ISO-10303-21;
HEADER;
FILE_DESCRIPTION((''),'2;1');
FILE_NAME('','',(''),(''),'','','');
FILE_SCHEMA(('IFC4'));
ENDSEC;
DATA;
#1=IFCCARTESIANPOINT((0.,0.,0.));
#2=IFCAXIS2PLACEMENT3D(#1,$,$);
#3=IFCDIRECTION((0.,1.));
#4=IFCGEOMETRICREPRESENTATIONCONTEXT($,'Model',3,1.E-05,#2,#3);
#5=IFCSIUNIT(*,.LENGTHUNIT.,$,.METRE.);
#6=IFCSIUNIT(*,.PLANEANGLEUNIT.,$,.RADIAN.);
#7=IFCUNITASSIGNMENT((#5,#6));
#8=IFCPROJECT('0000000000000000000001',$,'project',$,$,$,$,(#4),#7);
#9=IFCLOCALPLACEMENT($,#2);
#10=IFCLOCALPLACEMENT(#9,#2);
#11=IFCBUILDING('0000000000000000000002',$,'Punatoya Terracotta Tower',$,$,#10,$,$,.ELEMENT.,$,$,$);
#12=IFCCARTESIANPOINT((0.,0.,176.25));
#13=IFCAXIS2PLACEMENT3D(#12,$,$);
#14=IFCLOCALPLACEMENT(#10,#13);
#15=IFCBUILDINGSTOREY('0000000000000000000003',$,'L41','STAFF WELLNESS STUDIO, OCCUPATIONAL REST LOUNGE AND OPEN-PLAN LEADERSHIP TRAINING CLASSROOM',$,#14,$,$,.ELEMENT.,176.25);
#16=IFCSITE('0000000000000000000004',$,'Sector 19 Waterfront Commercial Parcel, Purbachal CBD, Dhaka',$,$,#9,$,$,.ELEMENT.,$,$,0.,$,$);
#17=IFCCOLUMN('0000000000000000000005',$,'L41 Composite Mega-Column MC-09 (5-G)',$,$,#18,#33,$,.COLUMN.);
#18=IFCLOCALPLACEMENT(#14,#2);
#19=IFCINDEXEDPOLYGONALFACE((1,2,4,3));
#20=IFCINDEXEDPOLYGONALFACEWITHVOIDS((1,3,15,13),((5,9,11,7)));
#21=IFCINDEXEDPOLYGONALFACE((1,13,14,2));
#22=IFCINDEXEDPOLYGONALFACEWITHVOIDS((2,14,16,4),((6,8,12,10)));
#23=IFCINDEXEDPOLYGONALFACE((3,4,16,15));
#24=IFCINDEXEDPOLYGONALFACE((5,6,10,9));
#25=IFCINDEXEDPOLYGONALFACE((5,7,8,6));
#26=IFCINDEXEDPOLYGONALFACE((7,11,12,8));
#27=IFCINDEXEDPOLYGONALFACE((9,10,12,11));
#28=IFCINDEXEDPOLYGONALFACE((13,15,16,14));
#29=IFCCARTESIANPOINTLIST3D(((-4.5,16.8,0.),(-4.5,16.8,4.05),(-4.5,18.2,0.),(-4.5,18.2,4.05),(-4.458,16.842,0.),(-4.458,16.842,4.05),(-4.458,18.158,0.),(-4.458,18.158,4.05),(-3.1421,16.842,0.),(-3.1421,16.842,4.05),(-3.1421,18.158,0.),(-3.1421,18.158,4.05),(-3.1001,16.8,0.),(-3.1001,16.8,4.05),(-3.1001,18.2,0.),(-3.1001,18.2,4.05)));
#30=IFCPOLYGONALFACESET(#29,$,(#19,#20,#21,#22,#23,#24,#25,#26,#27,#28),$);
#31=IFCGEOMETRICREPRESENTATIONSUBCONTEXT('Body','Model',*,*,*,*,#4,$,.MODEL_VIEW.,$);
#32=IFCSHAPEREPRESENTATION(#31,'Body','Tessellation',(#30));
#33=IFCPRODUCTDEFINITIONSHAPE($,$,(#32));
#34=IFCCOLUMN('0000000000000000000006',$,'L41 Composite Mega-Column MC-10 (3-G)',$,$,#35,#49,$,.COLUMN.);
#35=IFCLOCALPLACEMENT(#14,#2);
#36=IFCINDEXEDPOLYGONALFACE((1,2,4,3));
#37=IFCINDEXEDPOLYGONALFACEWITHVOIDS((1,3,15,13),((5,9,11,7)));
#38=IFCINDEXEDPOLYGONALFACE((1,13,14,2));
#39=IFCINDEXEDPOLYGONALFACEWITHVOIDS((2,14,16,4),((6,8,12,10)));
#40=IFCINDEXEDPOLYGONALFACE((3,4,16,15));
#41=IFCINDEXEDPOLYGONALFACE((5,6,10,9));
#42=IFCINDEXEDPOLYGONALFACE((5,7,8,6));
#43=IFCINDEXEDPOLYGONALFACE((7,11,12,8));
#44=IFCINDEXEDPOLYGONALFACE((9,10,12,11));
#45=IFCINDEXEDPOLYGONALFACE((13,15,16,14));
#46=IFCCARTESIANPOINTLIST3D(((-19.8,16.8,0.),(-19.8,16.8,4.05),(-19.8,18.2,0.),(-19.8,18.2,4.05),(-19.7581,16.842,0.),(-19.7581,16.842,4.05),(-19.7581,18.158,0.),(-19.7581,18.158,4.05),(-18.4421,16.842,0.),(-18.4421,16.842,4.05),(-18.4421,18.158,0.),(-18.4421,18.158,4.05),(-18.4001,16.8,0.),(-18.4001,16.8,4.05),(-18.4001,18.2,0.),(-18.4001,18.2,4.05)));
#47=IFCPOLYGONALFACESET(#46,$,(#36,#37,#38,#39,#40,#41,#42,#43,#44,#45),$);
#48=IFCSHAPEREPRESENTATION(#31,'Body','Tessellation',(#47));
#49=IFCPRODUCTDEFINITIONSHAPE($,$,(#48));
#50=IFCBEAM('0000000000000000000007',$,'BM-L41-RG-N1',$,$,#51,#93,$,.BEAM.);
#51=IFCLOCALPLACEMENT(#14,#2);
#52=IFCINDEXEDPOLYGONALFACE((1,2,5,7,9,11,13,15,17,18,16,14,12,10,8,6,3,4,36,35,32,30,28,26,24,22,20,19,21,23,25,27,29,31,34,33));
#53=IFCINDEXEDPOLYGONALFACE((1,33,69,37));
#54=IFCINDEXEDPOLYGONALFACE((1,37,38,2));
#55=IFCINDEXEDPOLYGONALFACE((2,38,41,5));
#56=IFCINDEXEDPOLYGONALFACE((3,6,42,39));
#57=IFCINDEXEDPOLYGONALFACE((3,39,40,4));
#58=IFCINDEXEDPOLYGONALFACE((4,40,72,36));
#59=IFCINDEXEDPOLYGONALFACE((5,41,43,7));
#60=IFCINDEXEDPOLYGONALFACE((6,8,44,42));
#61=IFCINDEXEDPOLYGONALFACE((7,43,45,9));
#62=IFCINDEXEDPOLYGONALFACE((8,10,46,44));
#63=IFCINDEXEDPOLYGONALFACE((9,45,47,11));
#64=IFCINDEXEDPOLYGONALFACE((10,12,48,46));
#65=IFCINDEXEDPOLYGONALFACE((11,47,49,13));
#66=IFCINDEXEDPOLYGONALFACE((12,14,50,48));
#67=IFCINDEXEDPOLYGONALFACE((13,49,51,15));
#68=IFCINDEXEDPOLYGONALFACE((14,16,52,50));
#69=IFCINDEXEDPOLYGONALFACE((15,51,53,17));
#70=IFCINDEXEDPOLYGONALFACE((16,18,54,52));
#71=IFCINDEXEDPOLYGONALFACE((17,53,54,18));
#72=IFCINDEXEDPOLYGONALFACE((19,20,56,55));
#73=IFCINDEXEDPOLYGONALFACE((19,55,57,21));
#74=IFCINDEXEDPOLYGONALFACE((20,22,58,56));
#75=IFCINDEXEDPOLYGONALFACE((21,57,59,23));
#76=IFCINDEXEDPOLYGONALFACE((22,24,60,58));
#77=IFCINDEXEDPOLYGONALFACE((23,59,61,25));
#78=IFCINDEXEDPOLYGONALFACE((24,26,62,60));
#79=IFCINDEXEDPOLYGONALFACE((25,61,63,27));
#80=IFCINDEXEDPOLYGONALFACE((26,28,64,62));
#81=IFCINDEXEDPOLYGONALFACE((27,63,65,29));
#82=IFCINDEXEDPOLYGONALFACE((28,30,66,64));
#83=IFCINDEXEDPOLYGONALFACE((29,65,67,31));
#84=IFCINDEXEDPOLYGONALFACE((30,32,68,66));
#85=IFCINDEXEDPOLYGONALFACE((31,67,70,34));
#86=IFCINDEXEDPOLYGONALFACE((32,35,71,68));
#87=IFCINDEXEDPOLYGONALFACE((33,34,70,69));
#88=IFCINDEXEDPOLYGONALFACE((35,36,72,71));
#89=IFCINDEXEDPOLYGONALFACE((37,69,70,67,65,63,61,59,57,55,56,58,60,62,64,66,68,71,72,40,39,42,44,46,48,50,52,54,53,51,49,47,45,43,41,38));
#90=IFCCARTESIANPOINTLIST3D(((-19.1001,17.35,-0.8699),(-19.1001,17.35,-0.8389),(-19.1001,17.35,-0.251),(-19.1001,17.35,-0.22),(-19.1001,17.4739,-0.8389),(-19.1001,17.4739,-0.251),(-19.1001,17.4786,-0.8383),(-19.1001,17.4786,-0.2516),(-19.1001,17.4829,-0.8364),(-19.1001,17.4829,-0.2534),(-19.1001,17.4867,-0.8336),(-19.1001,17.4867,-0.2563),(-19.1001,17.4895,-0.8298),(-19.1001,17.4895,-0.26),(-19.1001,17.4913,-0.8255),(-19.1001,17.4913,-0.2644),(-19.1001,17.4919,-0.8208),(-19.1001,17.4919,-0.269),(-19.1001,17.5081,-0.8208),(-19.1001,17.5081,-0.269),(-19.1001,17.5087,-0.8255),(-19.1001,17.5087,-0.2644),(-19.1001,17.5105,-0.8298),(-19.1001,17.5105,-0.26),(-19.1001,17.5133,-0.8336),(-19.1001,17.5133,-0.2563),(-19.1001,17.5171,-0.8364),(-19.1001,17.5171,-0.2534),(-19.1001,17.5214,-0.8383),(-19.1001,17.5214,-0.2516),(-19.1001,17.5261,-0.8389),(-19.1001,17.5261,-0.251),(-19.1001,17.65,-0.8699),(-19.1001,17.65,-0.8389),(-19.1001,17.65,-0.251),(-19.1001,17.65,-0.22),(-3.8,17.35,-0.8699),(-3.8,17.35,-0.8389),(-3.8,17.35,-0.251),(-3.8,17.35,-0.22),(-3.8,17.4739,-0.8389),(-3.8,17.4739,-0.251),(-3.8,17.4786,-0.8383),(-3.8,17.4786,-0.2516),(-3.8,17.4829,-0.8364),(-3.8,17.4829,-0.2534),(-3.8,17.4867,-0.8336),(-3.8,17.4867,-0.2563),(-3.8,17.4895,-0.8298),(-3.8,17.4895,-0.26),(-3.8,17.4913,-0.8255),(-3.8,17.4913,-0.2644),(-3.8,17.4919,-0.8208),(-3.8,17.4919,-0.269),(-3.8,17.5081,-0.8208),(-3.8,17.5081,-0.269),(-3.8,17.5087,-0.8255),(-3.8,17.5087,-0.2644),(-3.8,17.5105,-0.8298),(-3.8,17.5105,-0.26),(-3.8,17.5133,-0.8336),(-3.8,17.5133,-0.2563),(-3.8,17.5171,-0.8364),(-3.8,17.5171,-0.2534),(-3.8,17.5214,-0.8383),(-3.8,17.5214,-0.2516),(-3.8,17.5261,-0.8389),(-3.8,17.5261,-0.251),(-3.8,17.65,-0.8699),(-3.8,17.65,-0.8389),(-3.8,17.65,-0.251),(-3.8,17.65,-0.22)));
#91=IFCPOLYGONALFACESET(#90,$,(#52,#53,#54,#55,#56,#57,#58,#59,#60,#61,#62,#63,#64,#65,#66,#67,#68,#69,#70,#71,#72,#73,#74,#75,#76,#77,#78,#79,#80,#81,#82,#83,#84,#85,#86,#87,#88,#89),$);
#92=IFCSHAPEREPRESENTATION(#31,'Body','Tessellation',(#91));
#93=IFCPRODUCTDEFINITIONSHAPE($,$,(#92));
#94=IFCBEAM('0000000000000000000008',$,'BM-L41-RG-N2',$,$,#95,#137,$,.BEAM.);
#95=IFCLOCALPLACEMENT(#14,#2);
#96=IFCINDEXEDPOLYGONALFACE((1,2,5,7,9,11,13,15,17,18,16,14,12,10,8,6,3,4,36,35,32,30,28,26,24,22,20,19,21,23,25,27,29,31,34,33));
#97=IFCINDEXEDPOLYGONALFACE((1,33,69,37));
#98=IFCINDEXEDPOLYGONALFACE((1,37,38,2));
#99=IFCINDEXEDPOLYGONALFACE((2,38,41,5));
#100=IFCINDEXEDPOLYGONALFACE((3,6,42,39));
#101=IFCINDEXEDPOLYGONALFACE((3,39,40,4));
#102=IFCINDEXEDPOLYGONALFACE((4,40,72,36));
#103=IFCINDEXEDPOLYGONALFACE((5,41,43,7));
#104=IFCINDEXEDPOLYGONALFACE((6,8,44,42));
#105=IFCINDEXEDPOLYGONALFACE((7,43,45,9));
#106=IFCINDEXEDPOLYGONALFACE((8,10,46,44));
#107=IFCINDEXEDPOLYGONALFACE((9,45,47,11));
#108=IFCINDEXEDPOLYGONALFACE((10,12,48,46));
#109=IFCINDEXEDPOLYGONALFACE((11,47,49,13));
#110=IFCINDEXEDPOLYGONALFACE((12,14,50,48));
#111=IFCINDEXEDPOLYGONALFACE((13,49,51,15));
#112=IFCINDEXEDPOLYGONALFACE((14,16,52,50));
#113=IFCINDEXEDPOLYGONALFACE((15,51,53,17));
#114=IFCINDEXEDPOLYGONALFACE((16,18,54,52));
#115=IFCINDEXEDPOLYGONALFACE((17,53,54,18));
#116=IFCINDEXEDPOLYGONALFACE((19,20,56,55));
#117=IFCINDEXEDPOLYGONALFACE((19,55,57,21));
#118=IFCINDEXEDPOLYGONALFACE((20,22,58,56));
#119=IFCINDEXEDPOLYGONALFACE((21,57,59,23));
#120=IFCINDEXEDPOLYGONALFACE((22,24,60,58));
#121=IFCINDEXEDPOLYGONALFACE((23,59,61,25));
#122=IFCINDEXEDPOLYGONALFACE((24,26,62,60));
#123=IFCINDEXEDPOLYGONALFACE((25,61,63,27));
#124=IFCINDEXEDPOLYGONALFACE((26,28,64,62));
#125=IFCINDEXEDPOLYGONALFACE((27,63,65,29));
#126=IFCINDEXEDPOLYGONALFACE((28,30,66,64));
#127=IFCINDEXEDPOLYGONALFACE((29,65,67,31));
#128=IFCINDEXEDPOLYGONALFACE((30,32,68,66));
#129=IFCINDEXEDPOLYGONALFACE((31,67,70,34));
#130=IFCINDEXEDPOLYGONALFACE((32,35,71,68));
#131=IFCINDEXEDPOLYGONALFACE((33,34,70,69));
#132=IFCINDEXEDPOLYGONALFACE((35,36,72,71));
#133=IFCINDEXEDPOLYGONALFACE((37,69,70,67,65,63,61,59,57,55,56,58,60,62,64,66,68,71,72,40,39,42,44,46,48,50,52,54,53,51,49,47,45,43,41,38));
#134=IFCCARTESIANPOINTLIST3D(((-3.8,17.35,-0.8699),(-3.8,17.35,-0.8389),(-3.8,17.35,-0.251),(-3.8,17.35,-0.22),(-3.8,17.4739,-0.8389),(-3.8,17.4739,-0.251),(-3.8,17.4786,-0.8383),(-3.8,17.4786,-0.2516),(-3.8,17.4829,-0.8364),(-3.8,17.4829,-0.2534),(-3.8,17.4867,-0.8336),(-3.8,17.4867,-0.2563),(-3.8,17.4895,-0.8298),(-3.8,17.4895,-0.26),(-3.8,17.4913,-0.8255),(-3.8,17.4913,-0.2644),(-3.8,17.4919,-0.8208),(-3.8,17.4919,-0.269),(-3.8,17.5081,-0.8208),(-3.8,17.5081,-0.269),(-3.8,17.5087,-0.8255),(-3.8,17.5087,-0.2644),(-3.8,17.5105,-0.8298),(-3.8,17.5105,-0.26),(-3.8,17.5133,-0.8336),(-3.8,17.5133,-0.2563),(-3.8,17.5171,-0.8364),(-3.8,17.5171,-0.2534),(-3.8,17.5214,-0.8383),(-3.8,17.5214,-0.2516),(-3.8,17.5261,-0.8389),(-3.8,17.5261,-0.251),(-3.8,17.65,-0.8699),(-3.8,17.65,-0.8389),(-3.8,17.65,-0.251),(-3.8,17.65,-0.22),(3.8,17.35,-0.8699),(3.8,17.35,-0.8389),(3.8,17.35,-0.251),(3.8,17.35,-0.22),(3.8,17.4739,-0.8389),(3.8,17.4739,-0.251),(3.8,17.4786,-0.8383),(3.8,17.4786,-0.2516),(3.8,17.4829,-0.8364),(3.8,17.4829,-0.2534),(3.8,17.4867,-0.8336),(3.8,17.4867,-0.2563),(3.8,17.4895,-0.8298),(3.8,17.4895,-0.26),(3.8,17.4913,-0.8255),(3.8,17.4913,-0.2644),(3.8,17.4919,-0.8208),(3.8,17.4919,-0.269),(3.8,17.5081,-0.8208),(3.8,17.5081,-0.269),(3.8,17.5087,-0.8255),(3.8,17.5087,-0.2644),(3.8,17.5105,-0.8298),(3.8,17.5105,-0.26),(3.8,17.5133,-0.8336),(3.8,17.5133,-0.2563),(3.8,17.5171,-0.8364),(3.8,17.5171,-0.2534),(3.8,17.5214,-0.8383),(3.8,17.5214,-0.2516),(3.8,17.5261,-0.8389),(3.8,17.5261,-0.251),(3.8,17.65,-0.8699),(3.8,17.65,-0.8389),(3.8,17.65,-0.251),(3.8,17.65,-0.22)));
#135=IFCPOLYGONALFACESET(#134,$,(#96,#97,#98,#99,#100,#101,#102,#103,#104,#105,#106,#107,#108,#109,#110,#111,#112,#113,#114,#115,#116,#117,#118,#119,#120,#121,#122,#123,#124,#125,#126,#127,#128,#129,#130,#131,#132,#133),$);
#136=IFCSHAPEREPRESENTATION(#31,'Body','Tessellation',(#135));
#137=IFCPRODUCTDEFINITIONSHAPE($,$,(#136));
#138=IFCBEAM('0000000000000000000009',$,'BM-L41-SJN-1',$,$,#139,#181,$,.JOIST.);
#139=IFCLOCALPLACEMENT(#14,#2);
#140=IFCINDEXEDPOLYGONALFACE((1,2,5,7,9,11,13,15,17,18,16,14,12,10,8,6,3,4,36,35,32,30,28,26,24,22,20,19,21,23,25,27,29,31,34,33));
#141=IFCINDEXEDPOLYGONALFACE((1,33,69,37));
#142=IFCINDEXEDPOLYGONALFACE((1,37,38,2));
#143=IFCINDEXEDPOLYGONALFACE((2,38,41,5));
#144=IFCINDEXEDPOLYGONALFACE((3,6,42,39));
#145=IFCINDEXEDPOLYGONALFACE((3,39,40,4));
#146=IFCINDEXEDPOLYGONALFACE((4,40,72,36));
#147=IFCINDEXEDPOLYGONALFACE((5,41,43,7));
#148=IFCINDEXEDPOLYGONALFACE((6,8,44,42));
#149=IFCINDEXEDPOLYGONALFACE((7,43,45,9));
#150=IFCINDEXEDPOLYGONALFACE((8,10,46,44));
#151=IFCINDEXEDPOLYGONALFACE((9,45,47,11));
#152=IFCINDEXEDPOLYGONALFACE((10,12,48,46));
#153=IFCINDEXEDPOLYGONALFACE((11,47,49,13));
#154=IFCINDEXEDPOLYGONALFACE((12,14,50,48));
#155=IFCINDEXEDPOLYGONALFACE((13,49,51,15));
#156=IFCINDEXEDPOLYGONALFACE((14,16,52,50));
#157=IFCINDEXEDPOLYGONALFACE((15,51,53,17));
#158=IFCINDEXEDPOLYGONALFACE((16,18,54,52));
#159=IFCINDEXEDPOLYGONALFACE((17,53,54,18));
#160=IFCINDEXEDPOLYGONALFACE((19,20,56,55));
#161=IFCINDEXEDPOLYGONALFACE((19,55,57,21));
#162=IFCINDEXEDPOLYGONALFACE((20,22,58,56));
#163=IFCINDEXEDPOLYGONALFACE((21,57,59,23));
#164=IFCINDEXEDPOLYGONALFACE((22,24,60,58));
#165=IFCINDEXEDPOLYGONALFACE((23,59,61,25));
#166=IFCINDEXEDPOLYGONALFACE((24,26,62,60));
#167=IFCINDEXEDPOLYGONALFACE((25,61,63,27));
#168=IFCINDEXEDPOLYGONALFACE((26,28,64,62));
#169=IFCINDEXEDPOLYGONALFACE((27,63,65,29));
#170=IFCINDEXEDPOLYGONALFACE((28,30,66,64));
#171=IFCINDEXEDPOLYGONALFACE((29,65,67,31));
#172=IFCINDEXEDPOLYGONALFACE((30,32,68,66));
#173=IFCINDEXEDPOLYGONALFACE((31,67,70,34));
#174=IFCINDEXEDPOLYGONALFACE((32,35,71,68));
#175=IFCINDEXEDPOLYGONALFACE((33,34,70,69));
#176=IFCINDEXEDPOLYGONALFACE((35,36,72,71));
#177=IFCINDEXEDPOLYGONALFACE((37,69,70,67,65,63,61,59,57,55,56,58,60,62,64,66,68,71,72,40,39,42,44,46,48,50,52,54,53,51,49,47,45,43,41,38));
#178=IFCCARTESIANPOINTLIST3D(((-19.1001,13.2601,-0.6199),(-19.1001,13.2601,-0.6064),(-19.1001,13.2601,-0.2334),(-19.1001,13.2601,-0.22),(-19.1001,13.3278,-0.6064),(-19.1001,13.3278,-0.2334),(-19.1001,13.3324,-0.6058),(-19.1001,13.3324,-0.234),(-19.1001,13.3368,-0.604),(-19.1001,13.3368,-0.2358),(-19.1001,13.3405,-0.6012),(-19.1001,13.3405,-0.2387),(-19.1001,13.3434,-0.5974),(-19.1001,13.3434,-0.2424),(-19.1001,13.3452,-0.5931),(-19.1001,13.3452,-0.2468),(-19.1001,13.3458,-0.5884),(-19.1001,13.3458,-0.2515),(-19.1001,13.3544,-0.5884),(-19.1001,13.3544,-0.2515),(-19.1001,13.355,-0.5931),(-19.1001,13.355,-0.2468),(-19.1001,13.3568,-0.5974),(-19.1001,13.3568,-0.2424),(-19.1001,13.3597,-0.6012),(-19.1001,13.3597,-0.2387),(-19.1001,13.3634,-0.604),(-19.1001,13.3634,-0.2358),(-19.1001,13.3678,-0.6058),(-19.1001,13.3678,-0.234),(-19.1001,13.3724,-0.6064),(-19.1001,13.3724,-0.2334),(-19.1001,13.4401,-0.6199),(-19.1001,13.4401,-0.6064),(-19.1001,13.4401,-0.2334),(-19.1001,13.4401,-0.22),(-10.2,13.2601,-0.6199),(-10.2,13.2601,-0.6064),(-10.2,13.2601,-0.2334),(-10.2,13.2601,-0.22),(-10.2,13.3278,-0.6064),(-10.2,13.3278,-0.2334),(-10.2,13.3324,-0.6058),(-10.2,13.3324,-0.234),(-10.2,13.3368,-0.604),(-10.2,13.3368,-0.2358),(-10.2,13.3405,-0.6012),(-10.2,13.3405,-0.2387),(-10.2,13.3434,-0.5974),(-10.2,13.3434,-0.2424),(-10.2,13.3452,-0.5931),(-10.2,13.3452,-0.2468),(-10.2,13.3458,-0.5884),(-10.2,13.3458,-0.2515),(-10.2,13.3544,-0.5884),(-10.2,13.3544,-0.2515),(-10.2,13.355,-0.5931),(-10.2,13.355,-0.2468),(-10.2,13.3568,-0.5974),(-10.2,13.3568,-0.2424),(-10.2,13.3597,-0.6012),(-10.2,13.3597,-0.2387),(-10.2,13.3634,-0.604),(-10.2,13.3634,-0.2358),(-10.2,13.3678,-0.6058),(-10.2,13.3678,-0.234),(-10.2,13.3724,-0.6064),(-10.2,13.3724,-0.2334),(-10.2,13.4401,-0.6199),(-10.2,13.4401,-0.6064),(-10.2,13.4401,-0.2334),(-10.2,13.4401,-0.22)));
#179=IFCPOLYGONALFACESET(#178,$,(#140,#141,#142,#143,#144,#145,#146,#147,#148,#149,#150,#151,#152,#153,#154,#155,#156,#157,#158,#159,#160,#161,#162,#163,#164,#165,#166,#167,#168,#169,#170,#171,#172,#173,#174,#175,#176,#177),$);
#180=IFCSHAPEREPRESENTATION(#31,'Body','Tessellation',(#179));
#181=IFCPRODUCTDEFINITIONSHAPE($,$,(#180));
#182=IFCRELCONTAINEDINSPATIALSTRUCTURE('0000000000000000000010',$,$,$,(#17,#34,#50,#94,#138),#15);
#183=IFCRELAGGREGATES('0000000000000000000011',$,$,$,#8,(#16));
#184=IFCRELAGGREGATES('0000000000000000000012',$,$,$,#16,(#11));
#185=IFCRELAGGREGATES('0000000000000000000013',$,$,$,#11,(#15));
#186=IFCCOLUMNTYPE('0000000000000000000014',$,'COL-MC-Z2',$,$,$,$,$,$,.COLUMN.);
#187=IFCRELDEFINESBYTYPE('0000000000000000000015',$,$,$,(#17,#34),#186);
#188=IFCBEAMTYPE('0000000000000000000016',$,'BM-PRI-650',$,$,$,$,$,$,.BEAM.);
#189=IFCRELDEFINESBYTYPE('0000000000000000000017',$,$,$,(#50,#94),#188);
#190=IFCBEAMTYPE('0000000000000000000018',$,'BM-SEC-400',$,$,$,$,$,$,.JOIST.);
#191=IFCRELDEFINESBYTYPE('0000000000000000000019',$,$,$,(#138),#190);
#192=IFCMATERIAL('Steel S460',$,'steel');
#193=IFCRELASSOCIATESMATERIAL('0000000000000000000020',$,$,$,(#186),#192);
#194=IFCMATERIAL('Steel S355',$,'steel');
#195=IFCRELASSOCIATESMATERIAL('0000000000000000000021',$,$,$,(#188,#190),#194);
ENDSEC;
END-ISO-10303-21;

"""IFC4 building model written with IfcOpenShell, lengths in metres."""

from ifc_helpers import new_model, si_unit, direction, frame, origin, origin_2d, place, context, subcontext, project, spatial, hollow_rectangle, i_section, extrude, material, material_profile, profile_set, type_object, element, save


model = new_model("IFC4")

# Units and contexts
model_context = context("Model", 3, precision=1e-05, world=origin(), true_north=direction((0.0, 1.0)))
body_context = subcontext(model_context, "Body", "Model", "MODEL_VIEW")
ifc_project = project(units=[si_unit("LENGTHUNIT", "METRE"), si_unit("PLANEANGLEUNIT", "RADIAN")], contexts=[model_context])

# Site, building, storey
site_placement = place(None, origin())
site = spatial("IfcSite", under=ifc_project, at=site_placement, Name="Sector 19 Waterfront Commercial Parcel, Purbachal CBD, Dhaka", CompositionType="ELEMENT", RefElevation=0.0)
building_placement = place(site_placement, origin())
building = spatial("IfcBuilding", under=site, at=building_placement, Name="Punatoya Terracotta Tower", CompositionType="ELEMENT")
storey_placement = place(building_placement, frame((0.0, 0.0, 176.25)))
storey = spatial("IfcBuildingStorey", under=building, at=storey_placement, Name="L41", Description="STAFF WELLNESS STUDIO, OCCUPATIONAL REST LOUNGE AND OPEN-PLAN LEADERSHIP TRAINING CLASSROOM", CompositionType="ELEMENT", Elevation=176.25)

# Columns
ifc_material_1 = material(Name="Steel S460", Category="steel")
ifc_material_profile_1 = material_profile(ifc_material_1, hollow_rectangle(XDim=1.3999, YDim=1.3999, WallThickness=0.042, at=origin_2d()))
ifc_profile_set_1 = profile_set([ifc_material_profile_1], Name="Steel S460")
column_type = type_object("IfcColumnType", Name="COL-MC-Z2", PredefinedType="COLUMN", material=ifc_profile_set_1)
for number, where, z_axis, x_axis, name in (
    (1, (-3.8, 17.5, 0.0), (0.0, 0.0, 1.0), (1.0, 0.0, 0.0), "L41 Composite Mega-Column MC-09 (5-G)"),
    (2, (-19.1001, 17.5, 0.0), (0.0, 0.0, 1.0), (1.0, 0.0, 0.0), "L41 Composite Mega-Column MC-10 (3-G)"),
):
    element("IfcColumn", number, at=place(storey_placement, frame(where, z_axis=z_axis, x_axis=x_axis)), inside=storey, type_object=column_type, Name=name, PredefinedType="COLUMN", context=body_context, shape_type="SweptSolid", body=[
        extrude(hollow_rectangle(XDim=1.3999, YDim=1.3999, WallThickness=0.042, at=origin_2d()), origin(), (0.0, 0.0, 1.0), 4.05),
    ])

# Beams
ifc_material_2 = material(Name="Steel S355", Category="steel")
ifc_material_profile_2 = material_profile(ifc_material_2, i_section(OverallWidth=0.3, OverallDepth=0.6499, WebThickness=0.0161, FlangeThickness=0.031, FilletRadius=0.0181, at=origin_2d()))
ifc_profile_set_2 = profile_set([ifc_material_profile_2], Name="Steel S355")
beam_type_1 = type_object("IfcBeamType", Name="BM-PRI-650", PredefinedType="BEAM", material=ifc_profile_set_2)
beam_1_placement = place(storey_placement, frame((-19.1001, 17.5, -0.5449), z_axis=(1.0, 0.0, 0.0), x_axis=(0.0, 1.0, 0.0)))
element("IfcBeam", 3, at=beam_1_placement, inside=storey, type_object=beam_type_1, Name="BM-L41-RG-N1", PredefinedType="BEAM", context=body_context, shape_type="SweptSolid", body=[
    extrude(i_section(OverallWidth=0.3, OverallDepth=0.6499, WebThickness=0.0161, FlangeThickness=0.031, FilletRadius=0.0181, at=origin_2d()), origin(), (0.0, 0.0, 1.0), 15.3),
])
beam_2_placement = place(storey_placement, frame((-3.8, 17.5, -0.5449), z_axis=(1.0, 0.0, 0.0), x_axis=(0.0, 1.0, 0.0)))
element("IfcBeam", 4, at=beam_2_placement, inside=storey, type_object=beam_type_1, Name="BM-L41-RG-N2", PredefinedType="BEAM", context=body_context, shape_type="SweptSolid", body=[
    extrude(i_section(OverallWidth=0.3, OverallDepth=0.6499, WebThickness=0.0161, FlangeThickness=0.031, FilletRadius=0.0181, at=origin_2d()), origin(), (0.0, 0.0, 1.0), 7.6001),
])
ifc_material_profile_3 = material_profile(ifc_material_2, i_section(OverallWidth=0.1799, OverallDepth=0.3999, WebThickness=0.0085, FlangeThickness=0.0134, FilletRadius=0.0181, at=origin_2d()))
ifc_profile_set_3 = profile_set([ifc_material_profile_3], Name="Steel S355")
beam_type_2 = type_object("IfcBeamType", Name="BM-SEC-400", PredefinedType="JOIST", material=ifc_profile_set_3)
beam_3_placement = place(storey_placement, frame((-19.1001, 13.3501, -0.4199), z_axis=(1.0, 0.0, 0.0), x_axis=(0.0, 1.0, 0.0)))
element("IfcBeam", 5, at=beam_3_placement, inside=storey, type_object=beam_type_2, Name="BM-L41-SJN-1", PredefinedType="JOIST", context=body_context, shape_type="SweptSolid", body=[
    extrude(i_section(OverallWidth=0.1799, OverallDepth=0.3999, WebThickness=0.0085, FlangeThickness=0.0134, FilletRadius=0.0181, at=origin_2d()), origin(), (0.0, 0.0, 1.0), 8.9001),
])

save(model, "model.ifc")
